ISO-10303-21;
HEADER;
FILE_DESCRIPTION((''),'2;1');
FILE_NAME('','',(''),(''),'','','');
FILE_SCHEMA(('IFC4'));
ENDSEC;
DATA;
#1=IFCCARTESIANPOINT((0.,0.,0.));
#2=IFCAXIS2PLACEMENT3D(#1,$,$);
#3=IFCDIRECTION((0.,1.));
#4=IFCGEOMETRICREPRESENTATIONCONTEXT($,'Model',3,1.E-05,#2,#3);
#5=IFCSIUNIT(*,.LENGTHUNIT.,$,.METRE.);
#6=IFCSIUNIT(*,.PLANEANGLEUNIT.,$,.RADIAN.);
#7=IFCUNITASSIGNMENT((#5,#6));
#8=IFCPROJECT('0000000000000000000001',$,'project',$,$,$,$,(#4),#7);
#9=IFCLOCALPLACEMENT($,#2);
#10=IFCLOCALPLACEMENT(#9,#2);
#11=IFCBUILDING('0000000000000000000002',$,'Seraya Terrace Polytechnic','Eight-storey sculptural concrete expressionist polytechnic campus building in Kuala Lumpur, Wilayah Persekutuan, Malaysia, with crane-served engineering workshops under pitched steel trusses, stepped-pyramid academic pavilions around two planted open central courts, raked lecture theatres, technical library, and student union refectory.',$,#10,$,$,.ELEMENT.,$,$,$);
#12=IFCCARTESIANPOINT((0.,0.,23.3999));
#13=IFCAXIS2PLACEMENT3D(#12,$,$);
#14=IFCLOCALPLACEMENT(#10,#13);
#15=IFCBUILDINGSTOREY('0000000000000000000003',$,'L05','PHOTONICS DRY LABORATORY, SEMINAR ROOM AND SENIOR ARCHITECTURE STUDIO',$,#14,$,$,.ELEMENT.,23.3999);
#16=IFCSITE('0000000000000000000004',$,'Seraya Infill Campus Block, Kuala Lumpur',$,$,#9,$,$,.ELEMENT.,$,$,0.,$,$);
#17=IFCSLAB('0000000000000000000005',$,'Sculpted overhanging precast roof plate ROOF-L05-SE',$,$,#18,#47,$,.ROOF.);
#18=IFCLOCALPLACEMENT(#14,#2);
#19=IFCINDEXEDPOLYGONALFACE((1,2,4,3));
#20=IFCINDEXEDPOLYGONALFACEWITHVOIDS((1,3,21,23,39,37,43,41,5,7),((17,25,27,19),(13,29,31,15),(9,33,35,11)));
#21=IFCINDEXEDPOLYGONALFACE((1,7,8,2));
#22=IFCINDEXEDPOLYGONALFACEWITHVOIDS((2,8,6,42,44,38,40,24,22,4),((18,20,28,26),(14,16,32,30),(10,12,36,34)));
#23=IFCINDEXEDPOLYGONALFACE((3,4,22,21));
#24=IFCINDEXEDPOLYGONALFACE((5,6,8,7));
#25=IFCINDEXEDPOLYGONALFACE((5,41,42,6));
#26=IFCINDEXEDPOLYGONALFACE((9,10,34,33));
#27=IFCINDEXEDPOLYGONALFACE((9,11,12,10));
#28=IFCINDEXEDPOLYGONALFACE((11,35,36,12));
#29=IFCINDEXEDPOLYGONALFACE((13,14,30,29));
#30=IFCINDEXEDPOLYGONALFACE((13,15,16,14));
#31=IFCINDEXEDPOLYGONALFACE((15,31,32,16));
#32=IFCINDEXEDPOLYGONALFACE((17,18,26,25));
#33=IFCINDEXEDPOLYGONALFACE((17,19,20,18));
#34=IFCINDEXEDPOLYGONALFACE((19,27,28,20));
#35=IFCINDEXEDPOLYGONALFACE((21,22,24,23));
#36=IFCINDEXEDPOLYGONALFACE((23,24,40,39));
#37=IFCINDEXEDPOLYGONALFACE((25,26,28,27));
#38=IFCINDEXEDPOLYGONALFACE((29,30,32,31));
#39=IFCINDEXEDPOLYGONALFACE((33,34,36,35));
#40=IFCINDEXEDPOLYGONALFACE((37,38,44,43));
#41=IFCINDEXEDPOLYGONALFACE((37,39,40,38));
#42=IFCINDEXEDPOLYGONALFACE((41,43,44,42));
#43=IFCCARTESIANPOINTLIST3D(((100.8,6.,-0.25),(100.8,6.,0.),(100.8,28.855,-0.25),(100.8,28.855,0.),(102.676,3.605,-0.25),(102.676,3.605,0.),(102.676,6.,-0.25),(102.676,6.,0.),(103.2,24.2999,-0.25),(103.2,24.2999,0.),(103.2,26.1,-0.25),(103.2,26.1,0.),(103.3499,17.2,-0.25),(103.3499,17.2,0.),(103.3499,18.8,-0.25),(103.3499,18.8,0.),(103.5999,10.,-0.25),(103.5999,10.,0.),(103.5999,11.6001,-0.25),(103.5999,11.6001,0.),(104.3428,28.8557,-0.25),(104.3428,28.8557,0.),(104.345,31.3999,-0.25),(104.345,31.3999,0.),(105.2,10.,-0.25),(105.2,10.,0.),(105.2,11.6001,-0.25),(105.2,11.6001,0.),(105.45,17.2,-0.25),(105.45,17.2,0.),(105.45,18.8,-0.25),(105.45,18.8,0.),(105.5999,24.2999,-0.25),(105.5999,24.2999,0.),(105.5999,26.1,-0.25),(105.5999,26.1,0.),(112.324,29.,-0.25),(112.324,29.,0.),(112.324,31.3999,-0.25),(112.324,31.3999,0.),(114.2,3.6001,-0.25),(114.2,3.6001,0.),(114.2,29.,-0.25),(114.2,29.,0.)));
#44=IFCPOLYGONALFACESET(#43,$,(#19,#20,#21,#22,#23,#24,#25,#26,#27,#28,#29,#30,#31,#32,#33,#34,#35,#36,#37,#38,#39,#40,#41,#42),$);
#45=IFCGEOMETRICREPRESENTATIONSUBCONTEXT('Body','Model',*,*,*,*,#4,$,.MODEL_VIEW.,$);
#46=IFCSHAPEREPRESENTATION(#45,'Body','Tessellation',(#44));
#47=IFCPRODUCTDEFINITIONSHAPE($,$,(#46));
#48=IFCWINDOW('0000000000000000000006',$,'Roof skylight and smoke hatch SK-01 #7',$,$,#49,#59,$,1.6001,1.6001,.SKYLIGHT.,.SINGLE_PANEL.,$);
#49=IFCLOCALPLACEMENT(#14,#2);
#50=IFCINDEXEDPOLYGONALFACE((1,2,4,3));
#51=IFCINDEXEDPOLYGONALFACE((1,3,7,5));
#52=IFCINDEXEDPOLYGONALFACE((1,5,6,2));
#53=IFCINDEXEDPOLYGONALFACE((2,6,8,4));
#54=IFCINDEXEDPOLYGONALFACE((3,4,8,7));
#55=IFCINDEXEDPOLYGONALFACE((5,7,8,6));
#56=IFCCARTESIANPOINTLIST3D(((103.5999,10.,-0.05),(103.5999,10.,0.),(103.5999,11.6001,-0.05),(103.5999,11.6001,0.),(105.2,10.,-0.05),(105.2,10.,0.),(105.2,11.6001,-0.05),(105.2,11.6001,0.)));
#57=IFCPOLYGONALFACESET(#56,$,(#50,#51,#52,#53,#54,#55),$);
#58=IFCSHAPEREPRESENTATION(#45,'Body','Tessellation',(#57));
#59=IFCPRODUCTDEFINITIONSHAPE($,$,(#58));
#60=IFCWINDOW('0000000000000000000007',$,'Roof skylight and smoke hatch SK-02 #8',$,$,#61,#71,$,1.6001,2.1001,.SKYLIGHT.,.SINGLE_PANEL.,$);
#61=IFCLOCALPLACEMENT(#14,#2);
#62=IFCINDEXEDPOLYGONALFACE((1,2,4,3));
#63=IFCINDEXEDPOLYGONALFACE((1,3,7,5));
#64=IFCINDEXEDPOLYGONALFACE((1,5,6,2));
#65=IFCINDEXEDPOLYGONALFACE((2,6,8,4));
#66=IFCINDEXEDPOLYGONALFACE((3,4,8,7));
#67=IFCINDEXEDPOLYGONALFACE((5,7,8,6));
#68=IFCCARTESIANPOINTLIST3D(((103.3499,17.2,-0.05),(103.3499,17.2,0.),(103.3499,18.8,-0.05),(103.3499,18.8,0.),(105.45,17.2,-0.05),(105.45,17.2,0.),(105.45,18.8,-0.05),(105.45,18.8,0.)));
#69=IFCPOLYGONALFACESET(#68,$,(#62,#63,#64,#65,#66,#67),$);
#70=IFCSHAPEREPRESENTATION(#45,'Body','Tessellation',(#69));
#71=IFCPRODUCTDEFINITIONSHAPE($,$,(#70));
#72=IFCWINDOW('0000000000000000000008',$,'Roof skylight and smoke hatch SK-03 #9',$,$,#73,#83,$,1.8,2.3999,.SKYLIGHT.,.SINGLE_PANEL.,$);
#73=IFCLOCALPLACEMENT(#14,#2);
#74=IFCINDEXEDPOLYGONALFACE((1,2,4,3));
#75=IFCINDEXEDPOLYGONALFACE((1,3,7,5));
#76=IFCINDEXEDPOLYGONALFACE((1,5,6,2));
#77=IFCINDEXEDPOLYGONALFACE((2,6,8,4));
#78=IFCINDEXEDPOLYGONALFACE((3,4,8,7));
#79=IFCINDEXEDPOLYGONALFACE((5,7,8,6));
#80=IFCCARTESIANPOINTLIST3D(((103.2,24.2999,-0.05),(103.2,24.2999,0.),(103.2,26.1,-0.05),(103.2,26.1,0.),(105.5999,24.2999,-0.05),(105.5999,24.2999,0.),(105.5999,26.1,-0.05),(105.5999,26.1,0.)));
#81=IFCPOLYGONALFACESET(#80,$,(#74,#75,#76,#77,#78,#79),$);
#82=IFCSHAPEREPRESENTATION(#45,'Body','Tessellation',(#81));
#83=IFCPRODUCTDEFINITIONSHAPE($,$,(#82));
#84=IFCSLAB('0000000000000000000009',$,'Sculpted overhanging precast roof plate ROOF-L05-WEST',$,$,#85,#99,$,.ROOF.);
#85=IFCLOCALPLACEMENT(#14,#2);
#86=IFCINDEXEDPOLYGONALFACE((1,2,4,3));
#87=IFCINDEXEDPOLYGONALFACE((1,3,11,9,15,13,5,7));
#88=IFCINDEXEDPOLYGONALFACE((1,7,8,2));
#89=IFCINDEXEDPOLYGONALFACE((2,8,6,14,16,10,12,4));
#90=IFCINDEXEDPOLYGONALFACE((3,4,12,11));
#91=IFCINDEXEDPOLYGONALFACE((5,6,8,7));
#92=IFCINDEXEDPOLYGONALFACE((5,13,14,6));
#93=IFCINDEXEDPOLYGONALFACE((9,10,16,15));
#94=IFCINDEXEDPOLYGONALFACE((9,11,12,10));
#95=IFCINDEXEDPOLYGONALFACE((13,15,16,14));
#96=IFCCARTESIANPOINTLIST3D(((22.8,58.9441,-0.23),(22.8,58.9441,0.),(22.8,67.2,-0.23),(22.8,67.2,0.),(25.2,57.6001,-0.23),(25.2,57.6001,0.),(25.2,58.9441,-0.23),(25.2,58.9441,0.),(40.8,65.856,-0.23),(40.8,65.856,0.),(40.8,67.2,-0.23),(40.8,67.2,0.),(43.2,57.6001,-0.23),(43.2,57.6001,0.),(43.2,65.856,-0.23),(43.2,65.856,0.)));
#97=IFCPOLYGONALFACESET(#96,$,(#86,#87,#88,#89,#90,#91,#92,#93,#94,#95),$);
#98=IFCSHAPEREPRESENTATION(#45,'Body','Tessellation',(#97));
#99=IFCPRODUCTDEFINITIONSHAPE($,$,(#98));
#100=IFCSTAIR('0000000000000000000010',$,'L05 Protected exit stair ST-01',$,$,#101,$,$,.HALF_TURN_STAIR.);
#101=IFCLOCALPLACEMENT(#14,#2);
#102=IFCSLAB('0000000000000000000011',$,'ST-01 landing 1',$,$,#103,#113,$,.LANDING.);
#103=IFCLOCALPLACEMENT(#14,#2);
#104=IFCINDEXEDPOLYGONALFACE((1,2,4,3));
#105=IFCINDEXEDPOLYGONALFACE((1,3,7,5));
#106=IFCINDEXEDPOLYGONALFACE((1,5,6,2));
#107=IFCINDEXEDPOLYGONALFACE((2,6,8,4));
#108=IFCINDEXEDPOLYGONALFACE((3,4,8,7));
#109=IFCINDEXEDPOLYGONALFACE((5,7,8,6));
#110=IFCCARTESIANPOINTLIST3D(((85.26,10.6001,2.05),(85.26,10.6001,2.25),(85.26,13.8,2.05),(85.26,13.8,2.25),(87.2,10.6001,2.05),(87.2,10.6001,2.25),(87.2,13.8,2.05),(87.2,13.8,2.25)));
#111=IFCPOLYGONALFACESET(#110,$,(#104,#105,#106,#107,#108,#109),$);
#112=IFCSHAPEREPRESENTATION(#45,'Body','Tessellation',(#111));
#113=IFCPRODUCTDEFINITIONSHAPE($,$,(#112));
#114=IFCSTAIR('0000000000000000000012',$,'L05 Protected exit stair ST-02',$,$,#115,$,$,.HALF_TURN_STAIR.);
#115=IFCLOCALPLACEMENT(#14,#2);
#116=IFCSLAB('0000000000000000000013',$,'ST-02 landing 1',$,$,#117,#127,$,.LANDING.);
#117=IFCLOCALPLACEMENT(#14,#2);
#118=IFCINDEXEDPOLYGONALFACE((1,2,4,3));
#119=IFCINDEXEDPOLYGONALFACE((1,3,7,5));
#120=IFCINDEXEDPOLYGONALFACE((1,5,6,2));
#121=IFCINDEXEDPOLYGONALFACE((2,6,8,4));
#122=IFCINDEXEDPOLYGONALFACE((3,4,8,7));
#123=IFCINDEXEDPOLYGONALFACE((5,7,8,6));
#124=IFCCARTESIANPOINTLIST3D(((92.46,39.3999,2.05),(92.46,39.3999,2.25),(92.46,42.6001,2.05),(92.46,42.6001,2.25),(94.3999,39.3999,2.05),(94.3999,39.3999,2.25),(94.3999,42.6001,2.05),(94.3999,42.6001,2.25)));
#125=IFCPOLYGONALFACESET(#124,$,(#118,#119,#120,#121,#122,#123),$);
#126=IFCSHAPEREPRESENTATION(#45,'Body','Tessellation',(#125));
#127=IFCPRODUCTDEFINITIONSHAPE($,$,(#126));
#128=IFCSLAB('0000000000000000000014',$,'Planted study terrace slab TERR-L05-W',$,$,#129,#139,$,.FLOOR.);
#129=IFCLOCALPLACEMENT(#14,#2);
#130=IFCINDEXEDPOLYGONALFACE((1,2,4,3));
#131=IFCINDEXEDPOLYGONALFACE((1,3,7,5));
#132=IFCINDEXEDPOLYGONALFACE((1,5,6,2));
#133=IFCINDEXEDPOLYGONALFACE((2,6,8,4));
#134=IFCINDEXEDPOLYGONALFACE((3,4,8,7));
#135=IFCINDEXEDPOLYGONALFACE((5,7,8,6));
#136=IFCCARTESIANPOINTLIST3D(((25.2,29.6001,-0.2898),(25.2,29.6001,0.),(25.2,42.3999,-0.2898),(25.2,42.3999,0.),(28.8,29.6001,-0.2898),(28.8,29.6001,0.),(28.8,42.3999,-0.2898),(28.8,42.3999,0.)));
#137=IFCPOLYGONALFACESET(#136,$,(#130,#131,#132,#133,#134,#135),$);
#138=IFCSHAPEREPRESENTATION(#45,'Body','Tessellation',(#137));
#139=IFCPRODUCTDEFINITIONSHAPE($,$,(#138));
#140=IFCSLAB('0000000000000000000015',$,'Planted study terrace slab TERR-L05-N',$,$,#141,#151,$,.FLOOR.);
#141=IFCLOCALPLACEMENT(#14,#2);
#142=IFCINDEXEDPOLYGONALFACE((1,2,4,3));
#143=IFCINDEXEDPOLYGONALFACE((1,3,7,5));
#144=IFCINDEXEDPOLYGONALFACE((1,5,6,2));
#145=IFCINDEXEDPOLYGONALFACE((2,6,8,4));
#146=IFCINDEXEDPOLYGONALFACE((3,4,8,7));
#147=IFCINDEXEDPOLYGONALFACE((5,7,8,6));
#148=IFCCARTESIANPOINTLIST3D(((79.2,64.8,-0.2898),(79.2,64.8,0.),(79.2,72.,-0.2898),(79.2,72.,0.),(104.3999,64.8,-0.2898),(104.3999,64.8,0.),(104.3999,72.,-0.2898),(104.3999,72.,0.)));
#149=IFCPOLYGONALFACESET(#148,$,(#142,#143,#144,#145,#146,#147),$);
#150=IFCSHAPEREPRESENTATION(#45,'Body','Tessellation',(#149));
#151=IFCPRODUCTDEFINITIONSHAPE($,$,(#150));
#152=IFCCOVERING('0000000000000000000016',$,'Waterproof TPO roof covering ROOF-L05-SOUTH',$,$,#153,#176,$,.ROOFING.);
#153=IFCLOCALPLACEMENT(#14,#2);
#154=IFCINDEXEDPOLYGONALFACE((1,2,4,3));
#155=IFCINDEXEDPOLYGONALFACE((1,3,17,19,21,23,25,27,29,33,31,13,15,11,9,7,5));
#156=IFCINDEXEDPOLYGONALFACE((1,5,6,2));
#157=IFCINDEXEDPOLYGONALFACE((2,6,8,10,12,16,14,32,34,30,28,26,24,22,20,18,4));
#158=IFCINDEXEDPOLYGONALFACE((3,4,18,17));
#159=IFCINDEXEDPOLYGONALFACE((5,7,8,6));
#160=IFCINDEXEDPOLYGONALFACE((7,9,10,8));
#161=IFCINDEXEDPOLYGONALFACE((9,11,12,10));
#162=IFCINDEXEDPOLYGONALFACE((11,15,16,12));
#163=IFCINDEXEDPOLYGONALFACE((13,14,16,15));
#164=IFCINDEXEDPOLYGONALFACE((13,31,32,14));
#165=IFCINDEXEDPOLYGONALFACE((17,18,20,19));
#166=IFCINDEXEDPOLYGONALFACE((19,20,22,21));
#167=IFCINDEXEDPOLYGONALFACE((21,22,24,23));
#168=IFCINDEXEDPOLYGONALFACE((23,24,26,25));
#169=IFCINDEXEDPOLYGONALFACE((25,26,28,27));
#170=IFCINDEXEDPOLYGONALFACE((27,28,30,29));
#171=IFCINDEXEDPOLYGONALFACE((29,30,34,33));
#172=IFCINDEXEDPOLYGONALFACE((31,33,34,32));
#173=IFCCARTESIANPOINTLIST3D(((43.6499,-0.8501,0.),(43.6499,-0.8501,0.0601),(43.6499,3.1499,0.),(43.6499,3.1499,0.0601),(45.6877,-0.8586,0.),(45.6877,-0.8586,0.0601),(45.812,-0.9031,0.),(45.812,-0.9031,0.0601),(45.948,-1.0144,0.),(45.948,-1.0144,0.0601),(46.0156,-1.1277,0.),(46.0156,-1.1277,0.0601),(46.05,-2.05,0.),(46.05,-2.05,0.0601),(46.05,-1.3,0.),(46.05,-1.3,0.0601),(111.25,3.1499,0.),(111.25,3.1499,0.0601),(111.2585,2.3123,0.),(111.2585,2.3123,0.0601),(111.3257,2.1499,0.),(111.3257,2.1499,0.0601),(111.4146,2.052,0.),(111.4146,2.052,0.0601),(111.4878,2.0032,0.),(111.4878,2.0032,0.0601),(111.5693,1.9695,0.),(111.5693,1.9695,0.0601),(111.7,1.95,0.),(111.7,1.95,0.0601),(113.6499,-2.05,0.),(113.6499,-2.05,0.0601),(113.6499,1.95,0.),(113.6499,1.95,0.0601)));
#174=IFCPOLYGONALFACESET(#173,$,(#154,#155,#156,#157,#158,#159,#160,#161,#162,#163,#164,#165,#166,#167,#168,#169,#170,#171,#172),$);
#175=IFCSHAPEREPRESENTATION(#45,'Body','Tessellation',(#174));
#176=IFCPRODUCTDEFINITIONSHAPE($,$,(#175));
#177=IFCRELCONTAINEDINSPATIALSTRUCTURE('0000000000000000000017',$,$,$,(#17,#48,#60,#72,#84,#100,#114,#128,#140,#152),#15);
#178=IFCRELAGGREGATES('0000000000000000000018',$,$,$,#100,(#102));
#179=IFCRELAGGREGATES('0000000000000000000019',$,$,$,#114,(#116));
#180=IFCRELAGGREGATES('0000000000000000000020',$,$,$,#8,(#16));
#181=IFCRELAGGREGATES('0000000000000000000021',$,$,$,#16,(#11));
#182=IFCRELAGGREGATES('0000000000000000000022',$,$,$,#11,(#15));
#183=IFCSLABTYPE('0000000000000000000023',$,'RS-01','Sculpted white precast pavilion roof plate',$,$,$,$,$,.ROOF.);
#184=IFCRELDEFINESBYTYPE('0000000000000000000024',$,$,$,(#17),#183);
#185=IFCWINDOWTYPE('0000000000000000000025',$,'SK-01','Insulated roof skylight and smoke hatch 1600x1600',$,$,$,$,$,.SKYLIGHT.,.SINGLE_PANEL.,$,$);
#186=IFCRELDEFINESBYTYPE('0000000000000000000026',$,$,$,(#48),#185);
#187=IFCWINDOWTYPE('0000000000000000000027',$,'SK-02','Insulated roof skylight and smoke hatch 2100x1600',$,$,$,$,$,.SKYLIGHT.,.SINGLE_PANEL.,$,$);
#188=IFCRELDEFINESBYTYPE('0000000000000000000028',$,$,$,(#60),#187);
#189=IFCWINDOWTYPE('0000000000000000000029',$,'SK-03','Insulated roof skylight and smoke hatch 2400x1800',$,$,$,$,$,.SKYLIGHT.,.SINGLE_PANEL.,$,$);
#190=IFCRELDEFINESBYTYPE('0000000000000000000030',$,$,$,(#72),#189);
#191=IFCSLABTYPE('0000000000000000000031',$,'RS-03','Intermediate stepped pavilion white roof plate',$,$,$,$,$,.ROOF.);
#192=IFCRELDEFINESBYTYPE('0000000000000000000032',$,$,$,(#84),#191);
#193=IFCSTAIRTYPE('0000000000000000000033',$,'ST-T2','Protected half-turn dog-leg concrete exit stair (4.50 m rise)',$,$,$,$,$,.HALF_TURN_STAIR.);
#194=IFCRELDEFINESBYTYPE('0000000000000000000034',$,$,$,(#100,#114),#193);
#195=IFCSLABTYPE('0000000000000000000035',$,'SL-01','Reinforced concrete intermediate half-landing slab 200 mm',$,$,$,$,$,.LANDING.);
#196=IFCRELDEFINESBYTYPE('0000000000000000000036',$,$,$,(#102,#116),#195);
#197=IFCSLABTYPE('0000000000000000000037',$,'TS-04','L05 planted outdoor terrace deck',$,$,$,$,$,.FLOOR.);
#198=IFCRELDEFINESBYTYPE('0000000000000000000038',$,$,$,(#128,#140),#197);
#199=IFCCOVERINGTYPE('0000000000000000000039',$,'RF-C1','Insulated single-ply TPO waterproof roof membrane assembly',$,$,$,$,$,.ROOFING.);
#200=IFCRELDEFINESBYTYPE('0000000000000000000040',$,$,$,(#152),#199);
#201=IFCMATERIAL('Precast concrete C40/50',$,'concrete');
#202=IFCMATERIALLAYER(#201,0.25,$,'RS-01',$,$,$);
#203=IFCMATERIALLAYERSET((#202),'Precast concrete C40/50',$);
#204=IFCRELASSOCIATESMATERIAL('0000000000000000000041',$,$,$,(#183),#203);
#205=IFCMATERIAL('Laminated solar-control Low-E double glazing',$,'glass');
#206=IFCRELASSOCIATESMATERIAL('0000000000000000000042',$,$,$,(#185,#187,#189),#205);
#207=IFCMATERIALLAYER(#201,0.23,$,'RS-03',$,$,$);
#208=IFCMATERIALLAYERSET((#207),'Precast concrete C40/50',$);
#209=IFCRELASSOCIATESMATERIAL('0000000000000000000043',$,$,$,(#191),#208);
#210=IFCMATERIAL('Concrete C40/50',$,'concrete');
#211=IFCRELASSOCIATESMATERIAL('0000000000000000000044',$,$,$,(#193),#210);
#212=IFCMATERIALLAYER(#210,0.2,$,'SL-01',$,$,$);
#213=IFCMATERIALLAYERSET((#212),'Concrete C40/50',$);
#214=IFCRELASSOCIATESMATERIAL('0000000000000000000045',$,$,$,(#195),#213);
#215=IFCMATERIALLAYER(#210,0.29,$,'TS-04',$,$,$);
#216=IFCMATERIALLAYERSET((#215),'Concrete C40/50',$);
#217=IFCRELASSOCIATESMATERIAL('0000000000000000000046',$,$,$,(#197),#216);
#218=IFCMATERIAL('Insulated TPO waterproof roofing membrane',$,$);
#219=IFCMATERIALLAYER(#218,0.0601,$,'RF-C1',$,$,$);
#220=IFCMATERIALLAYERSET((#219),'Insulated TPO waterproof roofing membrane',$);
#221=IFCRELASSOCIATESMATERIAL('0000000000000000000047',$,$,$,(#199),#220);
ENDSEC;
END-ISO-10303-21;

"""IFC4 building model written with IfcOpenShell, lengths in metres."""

from ifc_helpers import new_model, si_unit, direction, frame, origin, origin_2d, place, context, subcontext, project, spatial, polyline, rectangle, outline, extrude, material, layer, layer_set, type_object, element, fill, aggregate, save


model = new_model("IFC4")

# Units and contexts
model_context = context("Model", 3, precision=1e-05, world=origin(), true_north=direction((0.0, 1.0)))
body_context = subcontext(model_context, "Body", "Model", "MODEL_VIEW")
ifc_project = project(units=[si_unit("LENGTHUNIT", "METRE"), si_unit("PLANEANGLEUNIT", "RADIAN")], contexts=[model_context])

# Site, building, storey
site_placement = place(None, origin())
site = spatial("IfcSite", under=ifc_project, at=site_placement, Name="Seraya Infill Campus Block, Kuala Lumpur", CompositionType="ELEMENT", RefElevation=0.0)
building_placement = place(site_placement, origin())
building = spatial("IfcBuilding", under=site, at=building_placement, Name="Seraya Terrace Polytechnic", Description="Eight-storey sculptural concrete expressionist polytechnic campus building in Kuala Lumpur, Wilayah Persekutuan, Malaysia, with crane-served engineering workshops under pitched steel trusses, stepped-pyramid academic pavilions around two planted open central courts, raked lecture theatres, technical library, and student union refectory.", CompositionType="ELEMENT")
storey_placement = place(building_placement, frame((0.0, 0.0, 23.3999)))
storey = spatial("IfcBuildingStorey", under=building, at=storey_placement, Name="L05", Description="PHOTONICS DRY LABORATORY, SEMINAR ROOM AND SENIOR ARCHITECTURE STUDIO", CompositionType="ELEMENT", Elevation=23.3999)

# Shared definitions
ifc_material_1 = material(Name="Concrete C40/50", Category="concrete")
ifc_material_2 = material(Name="Precast concrete C40/50", Category="concrete")
ifc_layer_1 = layer(ifc_material_2, 0.25, Name="RS-01")
ifc_layer_set_1 = layer_set([ifc_layer_1], Name="Precast concrete C40/50")
slab_type_1 = type_object("IfcSlabType", Name="RS-01", Description="Sculpted white precast pavilion roof plate", PredefinedType="ROOF", material=ifc_layer_set_1)

# Slab, openings, windows
slab_1_placement = place(storey_placement, frame((0.0, 0.0, -0.25)))
slab_1 = element("IfcSlab", 1, at=slab_1_placement, inside=storey, type_object=slab_type_1, Name="Sculpted overhanging precast roof plate ROOF-L05-SE", PredefinedType="ROOF", context=body_context, shape_type="SweptSolid", body=[
    extrude(outline(polyline([(112.324, 31.3999), (112.324, 29.0), (114.2, 29.0), (114.2, 3.6001), (102.676, 3.605), (102.676, 6.0), (100.8, 6.0), (100.8, 28.855), (104.3428, 28.8557), (104.345, 31.3999), (112.324, 31.3999)])), origin(), (0.0, 0.0, 1.0), 0.25),
])
opening_1_placement = place(slab_1_placement, frame((104.3999, 10.8, -0.012)))
opening_1 = element("IfcOpeningElement", 2, at=opening_1_placement, cuts=slab_1, PredefinedType="OPENING", context=body_context, shape_type="SweptSolid", body=[
    extrude(rectangle(XDim=1.6001, YDim=1.6001, at=origin_2d()), origin(), (0.0, 0.0, 1.0), 0.2739),
])
opening_2_placement = place(slab_1_placement, frame((104.3999, 18.0, -0.012)))
opening_2 = element("IfcOpeningElement", 3, at=opening_2_placement, cuts=slab_1, PredefinedType="OPENING", context=body_context, shape_type="SweptSolid", body=[
    extrude(rectangle(XDim=2.1001, YDim=1.6001, at=origin_2d()), origin(), (0.0, 0.0, 1.0), 0.2739),
])
opening_3_placement = place(slab_1_placement, frame((104.3999, 25.2, -0.012)))
opening_3 = element("IfcOpeningElement", 4, at=opening_3_placement, cuts=slab_1, PredefinedType="OPENING", context=body_context, shape_type="SweptSolid", body=[
    extrude(rectangle(XDim=2.3999, YDim=1.8, at=origin_2d()), origin(), (0.0, 0.0, 1.0), 0.2739),
])
ifc_material_3 = material(Name="Laminated solar-control Low-E double glazing", Category="glass")
window_type_1 = type_object("IfcWindowType", Name="SK-01", Description="Insulated roof skylight and smoke hatch 1600x1600", PartitioningType="SINGLE_PANEL", PredefinedType="SKYLIGHT", material=ifc_material_3)
window_1_placement = place(slab_1_placement, frame((104.3999, 10.8, 0.2)))
window_1 = element("IfcWindow", 5, at=window_1_placement, inside=storey, type_object=window_type_1, Name="Roof skylight and smoke hatch SK-01 #7", OverallHeight=1.6001, OverallWidth=1.6001, PartitioningType="SINGLE_PANEL", PredefinedType="SKYLIGHT", context=body_context, shape_type="SweptSolid", body=[
    extrude(rectangle(XDim=1.6001, YDim=1.6001, at=origin_2d()), origin(), (0.0, 0.0, 1.0), 0.05),
])
fill(opening_1, window_1)
window_type_2 = type_object("IfcWindowType", Name="SK-02", Description="Insulated roof skylight and smoke hatch 2100x1600", PartitioningType="SINGLE_PANEL", PredefinedType="SKYLIGHT", material=ifc_material_3)
window_2_placement = place(slab_1_placement, frame((104.3999, 18.0, 0.2)))
window_2 = element("IfcWindow", 6, at=window_2_placement, inside=storey, type_object=window_type_2, Name="Roof skylight and smoke hatch SK-02 #8", OverallHeight=1.6001, OverallWidth=2.1001, PartitioningType="SINGLE_PANEL", PredefinedType="SKYLIGHT", context=body_context, shape_type="SweptSolid", body=[
    extrude(rectangle(XDim=2.1001, YDim=1.6001, at=origin_2d()), origin(), (0.0, 0.0, 1.0), 0.05),
])
fill(opening_2, window_2)
window_type_3 = type_object("IfcWindowType", Name="SK-03", Description="Insulated roof skylight and smoke hatch 2400x1800", PartitioningType="SINGLE_PANEL", PredefinedType="SKYLIGHT", material=ifc_material_3)
window_3_placement = place(slab_1_placement, frame((104.3999, 25.2, 0.2)))
window_3 = element("IfcWindow", 7, at=window_3_placement, inside=storey, type_object=window_type_3, Name="Roof skylight and smoke hatch SK-03 #9", OverallHeight=1.8, OverallWidth=2.3999, PartitioningType="SINGLE_PANEL", PredefinedType="SKYLIGHT", context=body_context, shape_type="SweptSolid", body=[
    extrude(rectangle(XDim=2.3999, YDim=1.8, at=origin_2d()), origin(), (0.0, 0.0, 1.0), 0.05),
])
fill(opening_3, window_3)

# Slab
ifc_layer_2 = layer(ifc_material_2, 0.23, Name="RS-03")
ifc_layer_set_2 = layer_set([ifc_layer_2], Name="Precast concrete C40/50")
slab_type_2 = type_object("IfcSlabType", Name="RS-03", Description="Intermediate stepped pavilion white roof plate", PredefinedType="ROOF", material=ifc_layer_set_2)
slab_2_placement = place(storey_placement, frame((0.0, 0.0, -0.23)))
element("IfcSlab", 8, at=slab_2_placement, inside=storey, type_object=slab_type_2, Name="Sculpted overhanging precast roof plate ROOF-L05-WEST", PredefinedType="ROOF", context=body_context, shape_type="SweptSolid", body=[
    extrude(outline(polyline([(25.2, 58.9441), (22.8, 58.9441), (22.8, 67.2), (40.8, 67.2), (40.8, 65.856), (43.2, 65.856), (43.2, 57.6001), (25.2, 57.6001), (25.2, 58.9441)])), origin(), (0.0, 0.0, 1.0), 0.23),
])

# Stairs, slabs
stair_type = type_object("IfcStairType", Name="ST-T2", Description="Protected half-turn dog-leg concrete exit stair (4.50 m rise)", PredefinedType="HALF_TURN_STAIR", material=ifc_material_1)
stair_1_placement = place(storey_placement, origin())
stair_1 = element("IfcStair", 9, at=stair_1_placement, inside=storey, type_object=stair_type, Name="L05 Protected exit stair ST-01", PredefinedType="HALF_TURN_STAIR")
ifc_layer_3 = layer(ifc_material_1, 0.2, Name="SL-01")
ifc_layer_set_3 = layer_set([ifc_layer_3], Name="Concrete C40/50")
slab_type_3 = type_object("IfcSlabType", Name="SL-01", Description="Reinforced concrete intermediate half-landing slab 200 mm", PredefinedType="LANDING", material=ifc_layer_set_3)
slab_3_placement = place(storey_placement, frame((0.0, 0.0, 2.05)))
slab_3 = element("IfcSlab", 10, at=slab_3_placement, type_object=slab_type_3, Name="ST-01 landing 1", PredefinedType="LANDING", context=body_context, shape_type="SweptSolid", body=[
    extrude(outline(polyline([(85.26, 10.6001), (87.2, 10.6001), (87.2, 13.8), (85.26, 13.8), (85.26, 10.6001)])), origin(), (0.0, 0.0, 1.0), 0.2),
])
aggregate(stair_1, [slab_3])
stair_2_placement = place(storey_placement, origin())
stair_2 = element("IfcStair", 11, at=stair_2_placement, inside=storey, type_object=stair_type, Name="L05 Protected exit stair ST-02", PredefinedType="HALF_TURN_STAIR")
slab_4_placement = place(storey_placement, frame((0.0, 0.0, 2.05)))
slab_4 = element("IfcSlab", 12, at=slab_4_placement, type_object=slab_type_3, Name="ST-02 landing 1", PredefinedType="LANDING", context=body_context, shape_type="SweptSolid", body=[
    extrude(outline(polyline([(92.46, 39.3999), (94.3999, 39.3999), (94.3999, 42.6001), (92.46, 42.6001), (92.46, 39.3999)])), origin(), (0.0, 0.0, 1.0), 0.2),
])
aggregate(stair_2, [slab_4])

# Slabs
ifc_layer_4 = layer(ifc_material_1, 0.29, Name="TS-04")
ifc_layer_set_4 = layer_set([ifc_layer_4], Name="Concrete C40/50")
slab_type_4 = type_object("IfcSlabType", Name="TS-04", Description="L05 planted outdoor terrace deck", PredefinedType="FLOOR", material=ifc_layer_set_4)
slab_5_placement = place(storey_placement, frame((0.0, 0.0, -0.2898)))
element("IfcSlab", 13, at=slab_5_placement, inside=storey, type_object=slab_type_4, Name="Planted study terrace slab TERR-L05-W", PredefinedType="FLOOR", context=body_context, shape_type="SweptSolid", body=[
    extrude(outline(polyline([(25.2, 29.6001), (25.2, 42.3999), (28.8, 42.3999), (28.8, 29.6001), (25.2, 29.6001)])), origin(), (0.0, 0.0, 1.0), 0.2898),
])
slab_6_placement = place(storey_placement, frame((0.0, 0.0, -0.2898)))
element("IfcSlab", 14, at=slab_6_placement, inside=storey, type_object=slab_type_4, Name="Planted study terrace slab TERR-L05-N", PredefinedType="FLOOR", context=body_context, shape_type="SweptSolid", body=[
    extrude(outline(polyline([(79.2, 64.8), (79.2, 72.0), (104.3999, 72.0), (104.3999, 64.8), (79.2, 64.8)])), origin(), (0.0, 0.0, 1.0), 0.2898),
])

# Covering
ifc_material_4 = material(Name="Insulated TPO waterproof roofing membrane")
ifc_layer_5 = layer(ifc_material_4, 0.0601, Name="RF-C1")
ifc_layer_set_5 = layer_set([ifc_layer_5], Name="Insulated TPO waterproof roofing membrane")
covering_type = type_object("IfcCoveringType", Name="RF-C1", Description="Insulated single-ply TPO waterproof roof membrane assembly", PredefinedType="ROOFING", material=ifc_layer_set_5)
covering_1_placement = place(storey_placement, origin())
element("IfcCovering", 15, at=covering_1_placement, inside=storey, type_object=covering_type, Name="Waterproof TPO roof covering ROOF-L05-SOUTH", PredefinedType="ROOFING", context=body_context, shape_type="SweptSolid", body=[
    extrude(outline(polyline([(46.05, -1.3), (46.0156, -1.1277), (45.948, -1.0144), (45.812, -0.9031), (45.6877, -0.8586), (43.6499, -0.8501), (43.6499, 3.1499), (111.25, 3.1499), (111.2585, 2.3123), (111.3257, 2.1499), (111.4146, 2.052), (111.4878, 2.0032), (111.5693, 1.9695), (111.7, 1.95), (113.6499, 1.95), (113.6499, -2.05), (46.05, -2.05), (46.05, -1.3)])), origin(), (0.0, 0.0, 1.0), 0.0601),
])

save(model, "model.ifc")
